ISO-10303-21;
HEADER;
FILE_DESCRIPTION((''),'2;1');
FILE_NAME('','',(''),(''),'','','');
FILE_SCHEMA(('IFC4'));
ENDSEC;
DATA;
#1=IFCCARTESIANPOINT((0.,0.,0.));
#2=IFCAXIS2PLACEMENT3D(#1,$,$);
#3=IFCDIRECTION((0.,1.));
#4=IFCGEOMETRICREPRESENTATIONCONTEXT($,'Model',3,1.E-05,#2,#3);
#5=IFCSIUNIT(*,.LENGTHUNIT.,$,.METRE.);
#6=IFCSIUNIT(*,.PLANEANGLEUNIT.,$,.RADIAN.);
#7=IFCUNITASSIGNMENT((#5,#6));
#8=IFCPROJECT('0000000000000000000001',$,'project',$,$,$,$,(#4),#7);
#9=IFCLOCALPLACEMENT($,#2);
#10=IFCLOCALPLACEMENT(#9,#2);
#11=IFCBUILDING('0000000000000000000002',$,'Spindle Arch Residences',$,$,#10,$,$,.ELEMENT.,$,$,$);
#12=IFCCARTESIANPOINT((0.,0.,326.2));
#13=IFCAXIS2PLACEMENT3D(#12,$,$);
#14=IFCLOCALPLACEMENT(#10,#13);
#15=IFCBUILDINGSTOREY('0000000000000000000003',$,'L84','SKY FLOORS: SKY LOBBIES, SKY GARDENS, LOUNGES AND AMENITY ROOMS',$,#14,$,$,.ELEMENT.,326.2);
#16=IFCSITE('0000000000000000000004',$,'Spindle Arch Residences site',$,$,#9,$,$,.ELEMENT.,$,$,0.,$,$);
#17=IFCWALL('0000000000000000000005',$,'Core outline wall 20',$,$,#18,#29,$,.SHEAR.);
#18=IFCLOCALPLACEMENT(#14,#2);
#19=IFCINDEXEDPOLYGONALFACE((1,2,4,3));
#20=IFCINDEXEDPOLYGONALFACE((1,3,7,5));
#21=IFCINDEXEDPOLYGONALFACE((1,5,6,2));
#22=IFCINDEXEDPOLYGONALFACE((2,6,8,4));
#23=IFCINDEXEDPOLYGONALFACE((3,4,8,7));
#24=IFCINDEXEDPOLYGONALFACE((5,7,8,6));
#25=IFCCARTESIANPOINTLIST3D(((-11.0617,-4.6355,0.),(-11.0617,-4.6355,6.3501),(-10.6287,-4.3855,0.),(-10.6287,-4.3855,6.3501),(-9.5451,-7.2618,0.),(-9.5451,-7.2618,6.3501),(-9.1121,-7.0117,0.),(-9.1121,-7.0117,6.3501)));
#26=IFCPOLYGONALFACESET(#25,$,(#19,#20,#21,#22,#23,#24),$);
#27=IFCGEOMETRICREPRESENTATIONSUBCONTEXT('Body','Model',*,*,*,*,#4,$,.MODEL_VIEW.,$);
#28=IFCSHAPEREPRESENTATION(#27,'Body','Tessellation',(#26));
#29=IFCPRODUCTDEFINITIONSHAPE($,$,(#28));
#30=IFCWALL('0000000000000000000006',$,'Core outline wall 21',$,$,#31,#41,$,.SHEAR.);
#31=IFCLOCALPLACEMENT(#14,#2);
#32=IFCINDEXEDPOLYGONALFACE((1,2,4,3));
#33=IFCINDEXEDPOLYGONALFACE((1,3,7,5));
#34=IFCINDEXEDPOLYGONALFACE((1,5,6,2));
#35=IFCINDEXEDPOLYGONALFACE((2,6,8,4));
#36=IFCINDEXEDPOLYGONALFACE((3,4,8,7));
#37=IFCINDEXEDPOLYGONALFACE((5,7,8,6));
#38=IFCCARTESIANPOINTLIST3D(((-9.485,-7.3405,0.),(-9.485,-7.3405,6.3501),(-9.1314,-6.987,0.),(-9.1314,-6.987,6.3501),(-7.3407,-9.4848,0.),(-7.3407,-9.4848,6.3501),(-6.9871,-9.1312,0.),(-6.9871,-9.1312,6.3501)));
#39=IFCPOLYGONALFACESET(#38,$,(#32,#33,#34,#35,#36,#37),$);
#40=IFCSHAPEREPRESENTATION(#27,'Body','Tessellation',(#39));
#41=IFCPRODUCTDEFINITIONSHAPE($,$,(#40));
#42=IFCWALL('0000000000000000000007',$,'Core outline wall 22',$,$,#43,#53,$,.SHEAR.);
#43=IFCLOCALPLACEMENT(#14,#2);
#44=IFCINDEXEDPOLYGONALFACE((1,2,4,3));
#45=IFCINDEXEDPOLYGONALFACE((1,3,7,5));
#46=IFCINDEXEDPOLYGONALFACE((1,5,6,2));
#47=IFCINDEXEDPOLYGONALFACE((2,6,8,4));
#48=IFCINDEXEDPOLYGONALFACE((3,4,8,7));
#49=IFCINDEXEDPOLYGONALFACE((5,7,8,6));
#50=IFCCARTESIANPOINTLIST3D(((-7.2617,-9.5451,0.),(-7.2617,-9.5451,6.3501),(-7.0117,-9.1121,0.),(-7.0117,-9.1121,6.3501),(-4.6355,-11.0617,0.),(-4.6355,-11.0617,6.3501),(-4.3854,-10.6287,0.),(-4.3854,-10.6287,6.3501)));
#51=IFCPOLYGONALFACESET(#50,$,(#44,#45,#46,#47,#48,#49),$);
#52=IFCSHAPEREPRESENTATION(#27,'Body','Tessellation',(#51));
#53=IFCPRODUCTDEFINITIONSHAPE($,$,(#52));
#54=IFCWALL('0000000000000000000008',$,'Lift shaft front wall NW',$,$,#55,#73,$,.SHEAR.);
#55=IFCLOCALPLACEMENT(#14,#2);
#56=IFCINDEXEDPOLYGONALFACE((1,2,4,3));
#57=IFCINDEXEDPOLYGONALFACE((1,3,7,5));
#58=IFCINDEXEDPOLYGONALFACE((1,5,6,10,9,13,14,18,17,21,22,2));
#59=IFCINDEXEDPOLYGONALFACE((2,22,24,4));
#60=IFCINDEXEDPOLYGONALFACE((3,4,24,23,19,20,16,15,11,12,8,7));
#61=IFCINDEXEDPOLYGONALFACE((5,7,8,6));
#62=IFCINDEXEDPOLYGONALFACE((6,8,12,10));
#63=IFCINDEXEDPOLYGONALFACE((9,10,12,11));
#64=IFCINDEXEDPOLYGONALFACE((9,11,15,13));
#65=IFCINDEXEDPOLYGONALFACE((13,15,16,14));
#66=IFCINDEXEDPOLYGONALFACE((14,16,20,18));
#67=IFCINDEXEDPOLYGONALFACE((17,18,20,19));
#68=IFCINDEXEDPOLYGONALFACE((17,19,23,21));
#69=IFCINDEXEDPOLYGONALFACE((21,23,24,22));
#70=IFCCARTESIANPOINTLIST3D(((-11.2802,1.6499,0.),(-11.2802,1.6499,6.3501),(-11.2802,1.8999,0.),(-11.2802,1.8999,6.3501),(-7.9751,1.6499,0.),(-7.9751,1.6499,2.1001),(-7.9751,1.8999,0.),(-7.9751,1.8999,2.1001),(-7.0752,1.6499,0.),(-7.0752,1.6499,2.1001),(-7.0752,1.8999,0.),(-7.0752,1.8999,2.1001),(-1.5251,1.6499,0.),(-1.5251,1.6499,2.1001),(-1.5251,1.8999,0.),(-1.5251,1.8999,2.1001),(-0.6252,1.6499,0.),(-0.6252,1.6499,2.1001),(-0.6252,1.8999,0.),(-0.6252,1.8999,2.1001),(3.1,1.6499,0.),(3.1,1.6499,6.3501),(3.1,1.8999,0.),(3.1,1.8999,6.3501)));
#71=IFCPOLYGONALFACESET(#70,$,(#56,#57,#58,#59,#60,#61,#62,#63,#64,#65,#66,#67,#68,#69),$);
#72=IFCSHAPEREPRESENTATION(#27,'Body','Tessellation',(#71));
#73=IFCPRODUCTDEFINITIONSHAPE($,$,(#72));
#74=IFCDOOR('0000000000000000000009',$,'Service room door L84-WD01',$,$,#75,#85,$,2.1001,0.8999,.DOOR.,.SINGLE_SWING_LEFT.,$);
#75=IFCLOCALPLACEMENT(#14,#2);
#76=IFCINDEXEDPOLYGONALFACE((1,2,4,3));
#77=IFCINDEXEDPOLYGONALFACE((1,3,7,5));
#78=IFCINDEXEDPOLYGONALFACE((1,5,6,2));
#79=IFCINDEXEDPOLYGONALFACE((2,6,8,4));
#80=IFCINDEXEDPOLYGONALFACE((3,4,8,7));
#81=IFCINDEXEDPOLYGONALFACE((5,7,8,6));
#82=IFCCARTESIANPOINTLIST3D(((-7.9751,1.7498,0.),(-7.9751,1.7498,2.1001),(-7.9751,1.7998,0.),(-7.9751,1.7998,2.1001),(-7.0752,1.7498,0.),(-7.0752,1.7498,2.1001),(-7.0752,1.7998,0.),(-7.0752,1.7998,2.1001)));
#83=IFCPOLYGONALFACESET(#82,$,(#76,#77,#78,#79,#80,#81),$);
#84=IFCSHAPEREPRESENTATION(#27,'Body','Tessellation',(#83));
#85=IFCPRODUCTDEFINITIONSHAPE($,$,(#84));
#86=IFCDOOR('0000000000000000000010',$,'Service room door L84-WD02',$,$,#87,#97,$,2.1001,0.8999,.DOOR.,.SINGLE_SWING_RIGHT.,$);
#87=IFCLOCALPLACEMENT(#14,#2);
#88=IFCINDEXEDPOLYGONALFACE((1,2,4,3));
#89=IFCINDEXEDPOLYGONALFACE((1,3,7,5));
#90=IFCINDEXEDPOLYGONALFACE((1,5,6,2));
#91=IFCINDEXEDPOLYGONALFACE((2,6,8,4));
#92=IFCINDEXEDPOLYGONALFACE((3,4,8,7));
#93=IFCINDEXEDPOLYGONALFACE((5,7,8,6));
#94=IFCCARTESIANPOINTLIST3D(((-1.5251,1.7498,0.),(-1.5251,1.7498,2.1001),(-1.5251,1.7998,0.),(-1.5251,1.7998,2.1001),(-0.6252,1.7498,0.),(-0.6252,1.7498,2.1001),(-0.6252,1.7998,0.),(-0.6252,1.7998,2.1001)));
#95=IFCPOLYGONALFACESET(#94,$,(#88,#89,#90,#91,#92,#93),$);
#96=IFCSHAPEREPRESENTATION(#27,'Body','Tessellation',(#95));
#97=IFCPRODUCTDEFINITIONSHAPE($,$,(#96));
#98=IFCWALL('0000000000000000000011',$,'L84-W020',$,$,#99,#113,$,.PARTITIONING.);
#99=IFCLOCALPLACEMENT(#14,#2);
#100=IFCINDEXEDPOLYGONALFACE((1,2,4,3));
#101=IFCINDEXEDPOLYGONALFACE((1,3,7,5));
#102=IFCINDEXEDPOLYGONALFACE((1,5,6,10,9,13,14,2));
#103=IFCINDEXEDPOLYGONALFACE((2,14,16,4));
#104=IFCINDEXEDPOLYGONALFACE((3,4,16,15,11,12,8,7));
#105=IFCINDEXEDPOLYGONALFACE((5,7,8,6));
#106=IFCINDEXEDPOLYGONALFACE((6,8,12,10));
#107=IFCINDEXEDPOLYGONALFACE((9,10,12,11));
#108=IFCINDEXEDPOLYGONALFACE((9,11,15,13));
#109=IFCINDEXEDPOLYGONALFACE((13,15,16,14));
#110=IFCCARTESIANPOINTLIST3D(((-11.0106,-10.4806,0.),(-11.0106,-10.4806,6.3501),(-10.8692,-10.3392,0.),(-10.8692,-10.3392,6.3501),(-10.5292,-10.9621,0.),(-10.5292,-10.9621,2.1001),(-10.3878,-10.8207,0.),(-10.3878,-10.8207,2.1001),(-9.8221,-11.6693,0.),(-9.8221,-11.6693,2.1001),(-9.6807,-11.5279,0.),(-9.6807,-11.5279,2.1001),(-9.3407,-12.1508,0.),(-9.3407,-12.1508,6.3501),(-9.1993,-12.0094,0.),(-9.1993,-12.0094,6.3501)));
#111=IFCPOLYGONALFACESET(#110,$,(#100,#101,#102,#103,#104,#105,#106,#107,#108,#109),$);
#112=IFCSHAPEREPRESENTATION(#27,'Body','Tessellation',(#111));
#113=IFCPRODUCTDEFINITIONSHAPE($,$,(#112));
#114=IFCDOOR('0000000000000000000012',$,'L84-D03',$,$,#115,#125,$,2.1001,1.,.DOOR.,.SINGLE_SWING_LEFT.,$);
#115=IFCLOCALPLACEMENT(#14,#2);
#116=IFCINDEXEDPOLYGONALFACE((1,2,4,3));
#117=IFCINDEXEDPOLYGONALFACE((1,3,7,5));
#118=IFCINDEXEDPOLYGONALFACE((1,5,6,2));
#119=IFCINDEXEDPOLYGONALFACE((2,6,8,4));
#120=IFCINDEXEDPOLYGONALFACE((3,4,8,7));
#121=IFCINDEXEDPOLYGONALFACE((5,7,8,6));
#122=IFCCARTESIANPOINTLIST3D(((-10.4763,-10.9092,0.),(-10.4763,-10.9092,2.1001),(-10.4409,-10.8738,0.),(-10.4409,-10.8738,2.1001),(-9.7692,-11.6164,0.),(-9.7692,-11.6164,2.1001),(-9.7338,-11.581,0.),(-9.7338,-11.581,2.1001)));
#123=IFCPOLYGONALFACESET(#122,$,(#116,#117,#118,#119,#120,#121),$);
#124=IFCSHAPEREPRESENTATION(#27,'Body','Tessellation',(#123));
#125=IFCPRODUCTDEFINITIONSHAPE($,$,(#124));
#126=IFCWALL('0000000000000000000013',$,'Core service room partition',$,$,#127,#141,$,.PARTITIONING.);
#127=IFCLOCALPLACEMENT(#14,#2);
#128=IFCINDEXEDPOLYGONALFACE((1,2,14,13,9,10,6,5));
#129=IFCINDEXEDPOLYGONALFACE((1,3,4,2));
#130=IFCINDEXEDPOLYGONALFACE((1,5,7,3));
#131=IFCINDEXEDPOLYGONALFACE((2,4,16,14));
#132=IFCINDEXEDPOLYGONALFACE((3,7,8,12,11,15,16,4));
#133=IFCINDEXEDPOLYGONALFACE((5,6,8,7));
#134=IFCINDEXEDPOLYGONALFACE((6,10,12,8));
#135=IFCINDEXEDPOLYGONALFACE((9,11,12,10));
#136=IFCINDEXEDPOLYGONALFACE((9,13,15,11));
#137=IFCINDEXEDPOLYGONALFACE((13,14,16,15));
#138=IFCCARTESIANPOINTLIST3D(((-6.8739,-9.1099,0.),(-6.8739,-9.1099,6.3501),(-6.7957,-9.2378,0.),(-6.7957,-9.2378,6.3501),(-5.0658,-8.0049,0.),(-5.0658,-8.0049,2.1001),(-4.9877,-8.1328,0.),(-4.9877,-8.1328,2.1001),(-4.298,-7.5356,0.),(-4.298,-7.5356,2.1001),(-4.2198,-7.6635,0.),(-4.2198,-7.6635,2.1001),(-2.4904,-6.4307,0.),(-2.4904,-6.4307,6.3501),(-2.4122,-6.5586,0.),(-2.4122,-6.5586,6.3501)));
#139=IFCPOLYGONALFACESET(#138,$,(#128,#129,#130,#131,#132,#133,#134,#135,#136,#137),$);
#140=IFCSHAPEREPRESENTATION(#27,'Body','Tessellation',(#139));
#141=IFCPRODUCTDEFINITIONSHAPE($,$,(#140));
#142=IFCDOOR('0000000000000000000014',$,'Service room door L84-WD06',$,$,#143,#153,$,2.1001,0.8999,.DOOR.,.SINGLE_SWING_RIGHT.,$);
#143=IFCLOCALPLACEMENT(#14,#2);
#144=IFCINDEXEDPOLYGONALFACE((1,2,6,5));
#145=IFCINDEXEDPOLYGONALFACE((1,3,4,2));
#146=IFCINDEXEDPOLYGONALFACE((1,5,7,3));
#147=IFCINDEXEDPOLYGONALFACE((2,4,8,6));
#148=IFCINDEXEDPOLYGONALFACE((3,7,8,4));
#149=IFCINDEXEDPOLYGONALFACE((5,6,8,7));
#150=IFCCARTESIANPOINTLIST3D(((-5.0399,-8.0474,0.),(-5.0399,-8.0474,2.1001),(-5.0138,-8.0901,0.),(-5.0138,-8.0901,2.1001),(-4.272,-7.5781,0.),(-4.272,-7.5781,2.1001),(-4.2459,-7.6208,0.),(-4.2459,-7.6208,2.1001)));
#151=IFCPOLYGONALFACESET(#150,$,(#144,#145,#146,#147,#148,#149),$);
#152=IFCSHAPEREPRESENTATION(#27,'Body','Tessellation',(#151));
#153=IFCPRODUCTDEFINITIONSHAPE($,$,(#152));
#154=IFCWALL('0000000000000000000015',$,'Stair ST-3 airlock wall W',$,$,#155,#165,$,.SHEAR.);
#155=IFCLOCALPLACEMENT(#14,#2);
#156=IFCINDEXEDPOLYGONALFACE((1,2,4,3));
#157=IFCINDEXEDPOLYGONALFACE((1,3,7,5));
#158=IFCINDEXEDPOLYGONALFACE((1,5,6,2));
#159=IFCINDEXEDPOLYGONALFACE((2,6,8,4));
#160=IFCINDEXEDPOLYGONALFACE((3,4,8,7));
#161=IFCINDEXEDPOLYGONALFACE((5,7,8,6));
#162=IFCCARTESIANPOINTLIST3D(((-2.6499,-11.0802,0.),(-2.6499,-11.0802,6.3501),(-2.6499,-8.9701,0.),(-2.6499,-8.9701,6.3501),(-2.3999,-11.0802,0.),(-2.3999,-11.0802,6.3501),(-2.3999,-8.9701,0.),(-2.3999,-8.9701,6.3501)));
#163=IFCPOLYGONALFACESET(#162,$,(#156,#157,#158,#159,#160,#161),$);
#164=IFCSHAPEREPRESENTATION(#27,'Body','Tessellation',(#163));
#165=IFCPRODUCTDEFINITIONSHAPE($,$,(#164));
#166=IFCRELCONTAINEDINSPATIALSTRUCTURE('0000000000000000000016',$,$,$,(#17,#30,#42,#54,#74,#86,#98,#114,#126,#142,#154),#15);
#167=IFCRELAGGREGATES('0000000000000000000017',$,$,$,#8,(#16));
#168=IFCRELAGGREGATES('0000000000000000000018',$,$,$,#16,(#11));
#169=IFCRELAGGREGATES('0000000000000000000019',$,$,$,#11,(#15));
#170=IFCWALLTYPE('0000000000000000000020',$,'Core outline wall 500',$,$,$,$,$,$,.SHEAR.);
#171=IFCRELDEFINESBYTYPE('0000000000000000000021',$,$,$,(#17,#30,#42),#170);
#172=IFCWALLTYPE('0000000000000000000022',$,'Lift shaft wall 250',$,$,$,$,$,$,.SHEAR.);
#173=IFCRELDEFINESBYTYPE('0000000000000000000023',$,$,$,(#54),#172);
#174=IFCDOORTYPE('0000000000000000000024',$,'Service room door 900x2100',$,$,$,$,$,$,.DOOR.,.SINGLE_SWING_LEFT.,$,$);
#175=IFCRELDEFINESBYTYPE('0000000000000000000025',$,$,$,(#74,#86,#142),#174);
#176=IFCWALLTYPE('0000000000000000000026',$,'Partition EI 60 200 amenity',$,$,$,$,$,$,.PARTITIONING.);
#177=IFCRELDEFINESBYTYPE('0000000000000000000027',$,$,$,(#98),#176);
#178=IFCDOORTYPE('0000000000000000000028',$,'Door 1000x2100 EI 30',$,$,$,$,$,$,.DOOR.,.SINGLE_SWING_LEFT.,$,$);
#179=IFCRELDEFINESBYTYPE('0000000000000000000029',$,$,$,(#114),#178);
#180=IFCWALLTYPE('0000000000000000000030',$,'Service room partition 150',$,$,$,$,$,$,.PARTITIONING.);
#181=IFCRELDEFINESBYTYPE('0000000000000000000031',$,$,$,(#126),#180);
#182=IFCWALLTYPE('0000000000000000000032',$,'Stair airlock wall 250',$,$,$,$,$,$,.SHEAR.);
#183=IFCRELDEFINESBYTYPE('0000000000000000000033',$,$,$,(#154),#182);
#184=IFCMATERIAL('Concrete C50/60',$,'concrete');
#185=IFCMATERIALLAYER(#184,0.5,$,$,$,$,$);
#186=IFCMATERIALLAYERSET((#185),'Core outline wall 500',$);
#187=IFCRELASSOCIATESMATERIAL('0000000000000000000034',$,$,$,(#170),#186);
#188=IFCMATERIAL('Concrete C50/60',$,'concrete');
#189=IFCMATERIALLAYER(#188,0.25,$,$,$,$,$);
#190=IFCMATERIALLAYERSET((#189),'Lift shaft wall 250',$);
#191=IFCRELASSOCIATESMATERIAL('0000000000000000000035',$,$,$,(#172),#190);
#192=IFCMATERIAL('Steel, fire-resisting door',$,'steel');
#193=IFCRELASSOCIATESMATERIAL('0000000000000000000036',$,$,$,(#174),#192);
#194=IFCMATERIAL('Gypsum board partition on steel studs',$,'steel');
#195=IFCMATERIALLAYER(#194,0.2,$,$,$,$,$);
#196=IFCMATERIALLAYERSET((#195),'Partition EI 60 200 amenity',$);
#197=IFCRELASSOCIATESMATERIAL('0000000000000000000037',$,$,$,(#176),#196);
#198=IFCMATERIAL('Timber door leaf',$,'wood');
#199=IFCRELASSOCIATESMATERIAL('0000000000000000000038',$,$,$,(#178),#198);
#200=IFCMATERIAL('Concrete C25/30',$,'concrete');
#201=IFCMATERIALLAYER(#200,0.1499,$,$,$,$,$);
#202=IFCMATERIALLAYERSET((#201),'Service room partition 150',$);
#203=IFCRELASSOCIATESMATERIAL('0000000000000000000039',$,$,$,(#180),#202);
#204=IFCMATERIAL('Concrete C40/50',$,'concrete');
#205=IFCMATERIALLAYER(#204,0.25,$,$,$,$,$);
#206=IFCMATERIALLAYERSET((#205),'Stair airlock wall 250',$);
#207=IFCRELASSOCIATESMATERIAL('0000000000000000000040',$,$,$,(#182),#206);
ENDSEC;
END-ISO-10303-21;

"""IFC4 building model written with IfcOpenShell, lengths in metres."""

from ifc_helpers import new_model, si_unit, direction, frame, frame_2d, origin, place, context, subcontext, project, spatial, rectangle, extrude, material, layer, layer_set, type_object, element, fill, save


model = new_model("IFC4")

# Units and contexts
model_context = context("Model", 3, precision=1e-05, world=origin(), true_north=direction((0.0, 1.0)))
body_context = subcontext(model_context, "Body", "Model", "MODEL_VIEW")
ifc_project = project(units=[si_unit("LENGTHUNIT", "METRE"), si_unit("PLANEANGLEUNIT", "RADIAN")], contexts=[model_context])

# Site, building, storey
site_placement = place(None, origin())
site = spatial("IfcSite", under=ifc_project, at=site_placement, Name="Spindle Arch Residences site", CompositionType="ELEMENT", RefElevation=0.0)
building_placement = place(site_placement, origin())
building = spatial("IfcBuilding", under=site, at=building_placement, Name="Spindle Arch Residences", CompositionType="ELEMENT")
storey_placement = place(building_placement, frame((0.0, 0.0, 326.2)))
storey = spatial("IfcBuildingStorey", under=building, at=storey_placement, Name="L84", Description="SKY FLOORS: SKY LOBBIES, SKY GARDENS, LOUNGES AND AMENITY ROOMS", CompositionType="ELEMENT", Elevation=326.2)

# Walls
ifc_material_1 = material(Name="Concrete C50/60", Category="concrete")
ifc_layer_1 = layer(ifc_material_1, 0.5)
ifc_layer_set_1 = layer_set([ifc_layer_1], Name="Core outline wall 500")
wall_type_1 = type_object("IfcWallType", Name="Core outline wall 500", PredefinedType="SHEAR", material=ifc_layer_set_1)
wall_1_placement = place(storey_placement, frame((-10.8452, -4.5105, 0.0), z_axis=(0.0, 0.0, 1.0), x_axis=(0.500087, -0.865975, 0.0)))
element("IfcWall", 1, at=wall_1_placement, inside=storey, type_object=wall_type_1, Name="Core outline wall 20", PredefinedType="SHEAR", context=body_context, shape_type="SweptSolid", body=[
    extrude(rectangle(XDim=3.0327, YDim=0.5, at=frame_2d((1.5164, 0.0))), origin(), (0.0, 0.0, 1.0), 6.3501),
])
wall_2_placement = place(storey_placement, frame((-9.3081, -7.1638, 0.0), z_axis=(0.0, 0.0, 1.0), x_axis=(0.707107, -0.707107, 0.0)))
element("IfcWall", 2, at=wall_2_placement, inside=storey, type_object=wall_type_1, Name="Core outline wall 21", PredefinedType="SHEAR", context=body_context, shape_type="SweptSolid", body=[
    extrude(rectangle(XDim=3.0325, YDim=0.5, at=frame_2d((1.5161, 0.0))), origin(), (0.0, 0.0, 1.0), 6.3501),
])
wall_3_placement = place(storey_placement, frame((-7.1367, -9.3286, 0.0), z_axis=(0.0, 0.0, 1.0), x_axis=(0.865975, -0.500087, 0.0)))
element("IfcWall", 3, at=wall_3_placement, inside=storey, type_object=wall_type_1, Name="Core outline wall 22", PredefinedType="SHEAR", context=body_context, shape_type="SweptSolid", body=[
    extrude(rectangle(XDim=3.0327, YDim=0.5, at=frame_2d((1.5164, 0.0))), origin(), (0.0, 0.0, 1.0), 6.3501),
])

# Wall, openings, doors
ifc_material_2 = material(Name="Concrete C50/60", Category="concrete")
ifc_layer_2 = layer(ifc_material_2, 0.25)
ifc_layer_set_2 = layer_set([ifc_layer_2], Name="Lift shaft wall 250")
wall_type_2 = type_object("IfcWallType", Name="Lift shaft wall 250", PredefinedType="SHEAR", material=ifc_layer_set_2)
wall_4_placement = place(storey_placement, frame((-11.28, 1.7749, 0.0), z_axis=(0.0, 0.0, 1.0), x_axis=(1.0, 0.0, 0.0)))
wall_4 = element("IfcWall", 4, at=wall_4_placement, inside=storey, type_object=wall_type_2, Name="Lift shaft front wall NW", PredefinedType="SHEAR", context=body_context, shape_type="SweptSolid", body=[
    extrude(rectangle(XDim=14.3801, YDim=0.25, at=frame_2d((7.1899, 0.0))), origin(), (0.0, 0.0, 1.0), 6.3501),
])
opening_1_placement = place(wall_4_placement, frame((3.3049, 0.0, 0.0)))
opening_1 = element("IfcOpeningElement", 5, at=opening_1_placement, cuts=wall_4, PredefinedType="OPENING", context=body_context, shape_type="SweptSolid", body=[
    extrude(rectangle(XDim=0.8999, YDim=2.1001, at=frame_2d((0.45, 1.05))), frame((0.0, 0.135, 0.0), z_axis=(0.0, -1.0, 0.0), x_axis=(1.0, 0.0, 0.0)), (0.0, 0.0, 1.0), 0.27),
])
opening_2_placement = place(wall_4_placement, frame((9.7549, 0.0, 0.0)))
opening_2 = element("IfcOpeningElement", 6, at=opening_2_placement, cuts=wall_4, PredefinedType="OPENING", context=body_context, shape_type="SweptSolid", body=[
    extrude(rectangle(XDim=0.8999, YDim=2.1001, at=frame_2d((0.45, 1.05))), frame((0.0, 0.135, 0.0), z_axis=(0.0, -1.0, 0.0), x_axis=(1.0, 0.0, 0.0)), (0.0, 0.0, 1.0), 0.27),
])
ifc_material_3 = material(Name="Steel, fire-resisting door", Category="steel")
door_type_1 = type_object("IfcDoorType", Name="Service room door 900x2100", OperationType="SINGLE_SWING_LEFT", PredefinedType="DOOR", material=ifc_material_3)
door_1_placement = place(opening_1_placement, origin())
door_1 = element("IfcDoor", 7, at=door_1_placement, inside=storey, type_object=door_type_1, Name="Service room door L84-WD01", OperationType="SINGLE_SWING_LEFT", OverallHeight=2.1001, OverallWidth=0.8999, PredefinedType="DOOR", context=body_context, shape_type="SweptSolid", body=[
    extrude(rectangle(XDim=0.8999, YDim=2.1001, at=frame_2d((0.45, 1.05))), frame((0.0, 0.0249, 0.0), z_axis=(0.0, -1.0, 0.0), x_axis=(1.0, 0.0, 0.0)), (0.0, 0.0, 1.0), 0.05),
])
fill(opening_1, door_1)
door_2_placement = place(opening_2_placement, origin())
door_2 = element("IfcDoor", 8, at=door_2_placement, inside=storey, type_object=door_type_1, Name="Service room door L84-WD02", OperationType="SINGLE_SWING_RIGHT", OverallHeight=2.1001, OverallWidth=0.8999, PredefinedType="DOOR", context=body_context, shape_type="SweptSolid", body=[
    extrude(rectangle(XDim=0.8999, YDim=2.1001, at=frame_2d((0.45, 1.05))), frame((0.0, 0.0249, 0.0), z_axis=(0.0, -1.0, 0.0), x_axis=(1.0, 0.0, 0.0)), (0.0, 0.0, 1.0), 0.05),
])
fill(opening_2, door_2)

# Walls, openings, doors
ifc_material_4 = material(Name="Gypsum board partition on steel studs", Category="steel")
ifc_layer_3 = layer(ifc_material_4, 0.2)
ifc_layer_set_3 = layer_set([ifc_layer_3], Name="Partition EI 60 200 amenity")
wall_type_3 = type_object("IfcWallType", Name="Partition EI 60 200 amenity", PredefinedType="PARTITIONING", material=ifc_layer_set_3)
wall_5_placement = place(storey_placement, frame((-10.9399, -10.4099, 0.0), z_axis=(0.0, 0.0, 1.0), x_axis=(0.707055, -0.707158, 0.0)))
wall_5 = element("IfcWall", 9, at=wall_5_placement, inside=storey, type_object=wall_type_3, Name="L84-W020", PredefinedType="PARTITIONING", context=body_context, shape_type="SweptSolid", body=[
    extrude(rectangle(XDim=2.3618, YDim=0.2, at=frame_2d((1.1809, 0.0))), origin(), (0.0, 0.0, 1.0), 6.3501),
])
opening_3_placement = place(wall_5_placement, frame((0.6809, 0.0, 0.0)))
opening_3 = element("IfcOpeningElement", 10, at=opening_3_placement, cuts=wall_5, PredefinedType="OPENING", context=body_context, shape_type="SweptSolid", body=[
    extrude(rectangle(XDim=1.0, YDim=2.1001, at=frame_2d((0.5, 1.05))), frame((0.0, 0.1099, 0.0), z_axis=(0.0, -1.0, 0.0), x_axis=(1.0, 0.0, 0.0)), (0.0, 0.0, 1.0), 0.22),
])
ifc_material_5 = material(Name="Timber door leaf", Category="wood")
door_type_2 = type_object("IfcDoorType", Name="Door 1000x2100 EI 30", OperationType="SINGLE_SWING_LEFT", PredefinedType="DOOR", material=ifc_material_5)
door_3_placement = place(opening_3_placement, origin())
door_3 = element("IfcDoor", 11, at=door_3_placement, inside=storey, type_object=door_type_2, Name="L84-D03", OperationType="SINGLE_SWING_LEFT", OverallHeight=2.1001, OverallWidth=1.0, PredefinedType="DOOR", context=body_context, shape_type="SweptSolid", body=[
    extrude(rectangle(XDim=1.0, YDim=2.1001, at=frame_2d((0.5, 1.05))), frame((0.0, 0.0249, 0.0), z_axis=(0.0, -1.0, 0.0), x_axis=(1.0, 0.0, 0.0)), (0.0, 0.0, 1.0), 0.05),
])
fill(opening_3, door_3)
ifc_material_6 = material(Name="Concrete C25/30", Category="concrete")
ifc_layer_4 = layer(ifc_material_6, 0.1499)
ifc_layer_set_4 = layer_set([ifc_layer_4], Name="Service room partition 150")
wall_type_4 = type_object("IfcWallType", Name="Service room partition 150", PredefinedType="PARTITIONING", material=ifc_layer_set_4)
wall_6_placement = place(storey_placement, frame((-2.4512, -6.4946, 0.0), z_axis=(0.0, 0.0, 1.0), x_axis=(-0.85325, -0.521502, 0.0)))
wall_6 = element("IfcWall", 12, at=wall_6_placement, inside=storey, type_object=wall_type_4, Name="Core service room partition", PredefinedType="PARTITIONING", context=body_context, shape_type="SweptSolid", body=[
    extrude(rectangle(XDim=5.1375, YDim=0.1499, at=frame_2d((2.5688, 0.0))), origin(), (0.0, 0.0, 1.0), 6.3501),
])
opening_4_placement = place(wall_6_placement, frame((2.1187, 0.0, 0.0)))
opening_4 = element("IfcOpeningElement", 13, at=opening_4_placement, cuts=wall_6, PredefinedType="OPENING", context=body_context, shape_type="SweptSolid", body=[
    extrude(rectangle(XDim=0.8999, YDim=2.1001, at=frame_2d((0.45, 1.05))), frame((0.0, 0.085, 0.0), z_axis=(0.0, -1.0, 0.0), x_axis=(1.0, 0.0, 0.0)), (0.0, 0.0, 1.0), 0.1699),
])
door_4_placement = place(opening_4_placement, origin())
door_4 = element("IfcDoor", 14, at=door_4_placement, inside=storey, type_object=door_type_1, Name="Service room door L84-WD06", OperationType="SINGLE_SWING_RIGHT", OverallHeight=2.1001, OverallWidth=0.8999, PredefinedType="DOOR", context=body_context, shape_type="SweptSolid", body=[
    extrude(rectangle(XDim=0.8999, YDim=2.1001, at=frame_2d((0.45, 1.05))), frame((0.0, 0.0249, 0.0), z_axis=(0.0, -1.0, 0.0), x_axis=(1.0, 0.0, 0.0)), (0.0, 0.0, 1.0), 0.05),
])
fill(opening_4, door_4)

# Wall
ifc_material_7 = material(Name="Concrete C40/50", Category="concrete")
ifc_layer_5 = layer(ifc_material_7, 0.25)
ifc_layer_set_5 = layer_set([ifc_layer_5], Name="Stair airlock wall 250")
wall_type_5 = type_object("IfcWallType", Name="Stair airlock wall 250", PredefinedType="SHEAR", material=ifc_layer_set_5)
wall_7_placement = place(storey_placement, frame((-2.5249, -8.97, 0.0), z_axis=(0.0, 0.0, 1.0), x_axis=(0.0, -1.0, 0.0)))
element("IfcWall", 15, at=wall_7_placement, inside=storey, type_object=wall_type_5, Name="Stair ST-3 airlock wall W", PredefinedType="SHEAR", context=body_context, shape_type="SweptSolid", body=[
    extrude(rectangle(XDim=2.1101, YDim=0.25, at=frame_2d((1.0552, 0.0))), origin(), (0.0, 0.0, 1.0), 6.3501),
])

save(model, "model.ifc")
